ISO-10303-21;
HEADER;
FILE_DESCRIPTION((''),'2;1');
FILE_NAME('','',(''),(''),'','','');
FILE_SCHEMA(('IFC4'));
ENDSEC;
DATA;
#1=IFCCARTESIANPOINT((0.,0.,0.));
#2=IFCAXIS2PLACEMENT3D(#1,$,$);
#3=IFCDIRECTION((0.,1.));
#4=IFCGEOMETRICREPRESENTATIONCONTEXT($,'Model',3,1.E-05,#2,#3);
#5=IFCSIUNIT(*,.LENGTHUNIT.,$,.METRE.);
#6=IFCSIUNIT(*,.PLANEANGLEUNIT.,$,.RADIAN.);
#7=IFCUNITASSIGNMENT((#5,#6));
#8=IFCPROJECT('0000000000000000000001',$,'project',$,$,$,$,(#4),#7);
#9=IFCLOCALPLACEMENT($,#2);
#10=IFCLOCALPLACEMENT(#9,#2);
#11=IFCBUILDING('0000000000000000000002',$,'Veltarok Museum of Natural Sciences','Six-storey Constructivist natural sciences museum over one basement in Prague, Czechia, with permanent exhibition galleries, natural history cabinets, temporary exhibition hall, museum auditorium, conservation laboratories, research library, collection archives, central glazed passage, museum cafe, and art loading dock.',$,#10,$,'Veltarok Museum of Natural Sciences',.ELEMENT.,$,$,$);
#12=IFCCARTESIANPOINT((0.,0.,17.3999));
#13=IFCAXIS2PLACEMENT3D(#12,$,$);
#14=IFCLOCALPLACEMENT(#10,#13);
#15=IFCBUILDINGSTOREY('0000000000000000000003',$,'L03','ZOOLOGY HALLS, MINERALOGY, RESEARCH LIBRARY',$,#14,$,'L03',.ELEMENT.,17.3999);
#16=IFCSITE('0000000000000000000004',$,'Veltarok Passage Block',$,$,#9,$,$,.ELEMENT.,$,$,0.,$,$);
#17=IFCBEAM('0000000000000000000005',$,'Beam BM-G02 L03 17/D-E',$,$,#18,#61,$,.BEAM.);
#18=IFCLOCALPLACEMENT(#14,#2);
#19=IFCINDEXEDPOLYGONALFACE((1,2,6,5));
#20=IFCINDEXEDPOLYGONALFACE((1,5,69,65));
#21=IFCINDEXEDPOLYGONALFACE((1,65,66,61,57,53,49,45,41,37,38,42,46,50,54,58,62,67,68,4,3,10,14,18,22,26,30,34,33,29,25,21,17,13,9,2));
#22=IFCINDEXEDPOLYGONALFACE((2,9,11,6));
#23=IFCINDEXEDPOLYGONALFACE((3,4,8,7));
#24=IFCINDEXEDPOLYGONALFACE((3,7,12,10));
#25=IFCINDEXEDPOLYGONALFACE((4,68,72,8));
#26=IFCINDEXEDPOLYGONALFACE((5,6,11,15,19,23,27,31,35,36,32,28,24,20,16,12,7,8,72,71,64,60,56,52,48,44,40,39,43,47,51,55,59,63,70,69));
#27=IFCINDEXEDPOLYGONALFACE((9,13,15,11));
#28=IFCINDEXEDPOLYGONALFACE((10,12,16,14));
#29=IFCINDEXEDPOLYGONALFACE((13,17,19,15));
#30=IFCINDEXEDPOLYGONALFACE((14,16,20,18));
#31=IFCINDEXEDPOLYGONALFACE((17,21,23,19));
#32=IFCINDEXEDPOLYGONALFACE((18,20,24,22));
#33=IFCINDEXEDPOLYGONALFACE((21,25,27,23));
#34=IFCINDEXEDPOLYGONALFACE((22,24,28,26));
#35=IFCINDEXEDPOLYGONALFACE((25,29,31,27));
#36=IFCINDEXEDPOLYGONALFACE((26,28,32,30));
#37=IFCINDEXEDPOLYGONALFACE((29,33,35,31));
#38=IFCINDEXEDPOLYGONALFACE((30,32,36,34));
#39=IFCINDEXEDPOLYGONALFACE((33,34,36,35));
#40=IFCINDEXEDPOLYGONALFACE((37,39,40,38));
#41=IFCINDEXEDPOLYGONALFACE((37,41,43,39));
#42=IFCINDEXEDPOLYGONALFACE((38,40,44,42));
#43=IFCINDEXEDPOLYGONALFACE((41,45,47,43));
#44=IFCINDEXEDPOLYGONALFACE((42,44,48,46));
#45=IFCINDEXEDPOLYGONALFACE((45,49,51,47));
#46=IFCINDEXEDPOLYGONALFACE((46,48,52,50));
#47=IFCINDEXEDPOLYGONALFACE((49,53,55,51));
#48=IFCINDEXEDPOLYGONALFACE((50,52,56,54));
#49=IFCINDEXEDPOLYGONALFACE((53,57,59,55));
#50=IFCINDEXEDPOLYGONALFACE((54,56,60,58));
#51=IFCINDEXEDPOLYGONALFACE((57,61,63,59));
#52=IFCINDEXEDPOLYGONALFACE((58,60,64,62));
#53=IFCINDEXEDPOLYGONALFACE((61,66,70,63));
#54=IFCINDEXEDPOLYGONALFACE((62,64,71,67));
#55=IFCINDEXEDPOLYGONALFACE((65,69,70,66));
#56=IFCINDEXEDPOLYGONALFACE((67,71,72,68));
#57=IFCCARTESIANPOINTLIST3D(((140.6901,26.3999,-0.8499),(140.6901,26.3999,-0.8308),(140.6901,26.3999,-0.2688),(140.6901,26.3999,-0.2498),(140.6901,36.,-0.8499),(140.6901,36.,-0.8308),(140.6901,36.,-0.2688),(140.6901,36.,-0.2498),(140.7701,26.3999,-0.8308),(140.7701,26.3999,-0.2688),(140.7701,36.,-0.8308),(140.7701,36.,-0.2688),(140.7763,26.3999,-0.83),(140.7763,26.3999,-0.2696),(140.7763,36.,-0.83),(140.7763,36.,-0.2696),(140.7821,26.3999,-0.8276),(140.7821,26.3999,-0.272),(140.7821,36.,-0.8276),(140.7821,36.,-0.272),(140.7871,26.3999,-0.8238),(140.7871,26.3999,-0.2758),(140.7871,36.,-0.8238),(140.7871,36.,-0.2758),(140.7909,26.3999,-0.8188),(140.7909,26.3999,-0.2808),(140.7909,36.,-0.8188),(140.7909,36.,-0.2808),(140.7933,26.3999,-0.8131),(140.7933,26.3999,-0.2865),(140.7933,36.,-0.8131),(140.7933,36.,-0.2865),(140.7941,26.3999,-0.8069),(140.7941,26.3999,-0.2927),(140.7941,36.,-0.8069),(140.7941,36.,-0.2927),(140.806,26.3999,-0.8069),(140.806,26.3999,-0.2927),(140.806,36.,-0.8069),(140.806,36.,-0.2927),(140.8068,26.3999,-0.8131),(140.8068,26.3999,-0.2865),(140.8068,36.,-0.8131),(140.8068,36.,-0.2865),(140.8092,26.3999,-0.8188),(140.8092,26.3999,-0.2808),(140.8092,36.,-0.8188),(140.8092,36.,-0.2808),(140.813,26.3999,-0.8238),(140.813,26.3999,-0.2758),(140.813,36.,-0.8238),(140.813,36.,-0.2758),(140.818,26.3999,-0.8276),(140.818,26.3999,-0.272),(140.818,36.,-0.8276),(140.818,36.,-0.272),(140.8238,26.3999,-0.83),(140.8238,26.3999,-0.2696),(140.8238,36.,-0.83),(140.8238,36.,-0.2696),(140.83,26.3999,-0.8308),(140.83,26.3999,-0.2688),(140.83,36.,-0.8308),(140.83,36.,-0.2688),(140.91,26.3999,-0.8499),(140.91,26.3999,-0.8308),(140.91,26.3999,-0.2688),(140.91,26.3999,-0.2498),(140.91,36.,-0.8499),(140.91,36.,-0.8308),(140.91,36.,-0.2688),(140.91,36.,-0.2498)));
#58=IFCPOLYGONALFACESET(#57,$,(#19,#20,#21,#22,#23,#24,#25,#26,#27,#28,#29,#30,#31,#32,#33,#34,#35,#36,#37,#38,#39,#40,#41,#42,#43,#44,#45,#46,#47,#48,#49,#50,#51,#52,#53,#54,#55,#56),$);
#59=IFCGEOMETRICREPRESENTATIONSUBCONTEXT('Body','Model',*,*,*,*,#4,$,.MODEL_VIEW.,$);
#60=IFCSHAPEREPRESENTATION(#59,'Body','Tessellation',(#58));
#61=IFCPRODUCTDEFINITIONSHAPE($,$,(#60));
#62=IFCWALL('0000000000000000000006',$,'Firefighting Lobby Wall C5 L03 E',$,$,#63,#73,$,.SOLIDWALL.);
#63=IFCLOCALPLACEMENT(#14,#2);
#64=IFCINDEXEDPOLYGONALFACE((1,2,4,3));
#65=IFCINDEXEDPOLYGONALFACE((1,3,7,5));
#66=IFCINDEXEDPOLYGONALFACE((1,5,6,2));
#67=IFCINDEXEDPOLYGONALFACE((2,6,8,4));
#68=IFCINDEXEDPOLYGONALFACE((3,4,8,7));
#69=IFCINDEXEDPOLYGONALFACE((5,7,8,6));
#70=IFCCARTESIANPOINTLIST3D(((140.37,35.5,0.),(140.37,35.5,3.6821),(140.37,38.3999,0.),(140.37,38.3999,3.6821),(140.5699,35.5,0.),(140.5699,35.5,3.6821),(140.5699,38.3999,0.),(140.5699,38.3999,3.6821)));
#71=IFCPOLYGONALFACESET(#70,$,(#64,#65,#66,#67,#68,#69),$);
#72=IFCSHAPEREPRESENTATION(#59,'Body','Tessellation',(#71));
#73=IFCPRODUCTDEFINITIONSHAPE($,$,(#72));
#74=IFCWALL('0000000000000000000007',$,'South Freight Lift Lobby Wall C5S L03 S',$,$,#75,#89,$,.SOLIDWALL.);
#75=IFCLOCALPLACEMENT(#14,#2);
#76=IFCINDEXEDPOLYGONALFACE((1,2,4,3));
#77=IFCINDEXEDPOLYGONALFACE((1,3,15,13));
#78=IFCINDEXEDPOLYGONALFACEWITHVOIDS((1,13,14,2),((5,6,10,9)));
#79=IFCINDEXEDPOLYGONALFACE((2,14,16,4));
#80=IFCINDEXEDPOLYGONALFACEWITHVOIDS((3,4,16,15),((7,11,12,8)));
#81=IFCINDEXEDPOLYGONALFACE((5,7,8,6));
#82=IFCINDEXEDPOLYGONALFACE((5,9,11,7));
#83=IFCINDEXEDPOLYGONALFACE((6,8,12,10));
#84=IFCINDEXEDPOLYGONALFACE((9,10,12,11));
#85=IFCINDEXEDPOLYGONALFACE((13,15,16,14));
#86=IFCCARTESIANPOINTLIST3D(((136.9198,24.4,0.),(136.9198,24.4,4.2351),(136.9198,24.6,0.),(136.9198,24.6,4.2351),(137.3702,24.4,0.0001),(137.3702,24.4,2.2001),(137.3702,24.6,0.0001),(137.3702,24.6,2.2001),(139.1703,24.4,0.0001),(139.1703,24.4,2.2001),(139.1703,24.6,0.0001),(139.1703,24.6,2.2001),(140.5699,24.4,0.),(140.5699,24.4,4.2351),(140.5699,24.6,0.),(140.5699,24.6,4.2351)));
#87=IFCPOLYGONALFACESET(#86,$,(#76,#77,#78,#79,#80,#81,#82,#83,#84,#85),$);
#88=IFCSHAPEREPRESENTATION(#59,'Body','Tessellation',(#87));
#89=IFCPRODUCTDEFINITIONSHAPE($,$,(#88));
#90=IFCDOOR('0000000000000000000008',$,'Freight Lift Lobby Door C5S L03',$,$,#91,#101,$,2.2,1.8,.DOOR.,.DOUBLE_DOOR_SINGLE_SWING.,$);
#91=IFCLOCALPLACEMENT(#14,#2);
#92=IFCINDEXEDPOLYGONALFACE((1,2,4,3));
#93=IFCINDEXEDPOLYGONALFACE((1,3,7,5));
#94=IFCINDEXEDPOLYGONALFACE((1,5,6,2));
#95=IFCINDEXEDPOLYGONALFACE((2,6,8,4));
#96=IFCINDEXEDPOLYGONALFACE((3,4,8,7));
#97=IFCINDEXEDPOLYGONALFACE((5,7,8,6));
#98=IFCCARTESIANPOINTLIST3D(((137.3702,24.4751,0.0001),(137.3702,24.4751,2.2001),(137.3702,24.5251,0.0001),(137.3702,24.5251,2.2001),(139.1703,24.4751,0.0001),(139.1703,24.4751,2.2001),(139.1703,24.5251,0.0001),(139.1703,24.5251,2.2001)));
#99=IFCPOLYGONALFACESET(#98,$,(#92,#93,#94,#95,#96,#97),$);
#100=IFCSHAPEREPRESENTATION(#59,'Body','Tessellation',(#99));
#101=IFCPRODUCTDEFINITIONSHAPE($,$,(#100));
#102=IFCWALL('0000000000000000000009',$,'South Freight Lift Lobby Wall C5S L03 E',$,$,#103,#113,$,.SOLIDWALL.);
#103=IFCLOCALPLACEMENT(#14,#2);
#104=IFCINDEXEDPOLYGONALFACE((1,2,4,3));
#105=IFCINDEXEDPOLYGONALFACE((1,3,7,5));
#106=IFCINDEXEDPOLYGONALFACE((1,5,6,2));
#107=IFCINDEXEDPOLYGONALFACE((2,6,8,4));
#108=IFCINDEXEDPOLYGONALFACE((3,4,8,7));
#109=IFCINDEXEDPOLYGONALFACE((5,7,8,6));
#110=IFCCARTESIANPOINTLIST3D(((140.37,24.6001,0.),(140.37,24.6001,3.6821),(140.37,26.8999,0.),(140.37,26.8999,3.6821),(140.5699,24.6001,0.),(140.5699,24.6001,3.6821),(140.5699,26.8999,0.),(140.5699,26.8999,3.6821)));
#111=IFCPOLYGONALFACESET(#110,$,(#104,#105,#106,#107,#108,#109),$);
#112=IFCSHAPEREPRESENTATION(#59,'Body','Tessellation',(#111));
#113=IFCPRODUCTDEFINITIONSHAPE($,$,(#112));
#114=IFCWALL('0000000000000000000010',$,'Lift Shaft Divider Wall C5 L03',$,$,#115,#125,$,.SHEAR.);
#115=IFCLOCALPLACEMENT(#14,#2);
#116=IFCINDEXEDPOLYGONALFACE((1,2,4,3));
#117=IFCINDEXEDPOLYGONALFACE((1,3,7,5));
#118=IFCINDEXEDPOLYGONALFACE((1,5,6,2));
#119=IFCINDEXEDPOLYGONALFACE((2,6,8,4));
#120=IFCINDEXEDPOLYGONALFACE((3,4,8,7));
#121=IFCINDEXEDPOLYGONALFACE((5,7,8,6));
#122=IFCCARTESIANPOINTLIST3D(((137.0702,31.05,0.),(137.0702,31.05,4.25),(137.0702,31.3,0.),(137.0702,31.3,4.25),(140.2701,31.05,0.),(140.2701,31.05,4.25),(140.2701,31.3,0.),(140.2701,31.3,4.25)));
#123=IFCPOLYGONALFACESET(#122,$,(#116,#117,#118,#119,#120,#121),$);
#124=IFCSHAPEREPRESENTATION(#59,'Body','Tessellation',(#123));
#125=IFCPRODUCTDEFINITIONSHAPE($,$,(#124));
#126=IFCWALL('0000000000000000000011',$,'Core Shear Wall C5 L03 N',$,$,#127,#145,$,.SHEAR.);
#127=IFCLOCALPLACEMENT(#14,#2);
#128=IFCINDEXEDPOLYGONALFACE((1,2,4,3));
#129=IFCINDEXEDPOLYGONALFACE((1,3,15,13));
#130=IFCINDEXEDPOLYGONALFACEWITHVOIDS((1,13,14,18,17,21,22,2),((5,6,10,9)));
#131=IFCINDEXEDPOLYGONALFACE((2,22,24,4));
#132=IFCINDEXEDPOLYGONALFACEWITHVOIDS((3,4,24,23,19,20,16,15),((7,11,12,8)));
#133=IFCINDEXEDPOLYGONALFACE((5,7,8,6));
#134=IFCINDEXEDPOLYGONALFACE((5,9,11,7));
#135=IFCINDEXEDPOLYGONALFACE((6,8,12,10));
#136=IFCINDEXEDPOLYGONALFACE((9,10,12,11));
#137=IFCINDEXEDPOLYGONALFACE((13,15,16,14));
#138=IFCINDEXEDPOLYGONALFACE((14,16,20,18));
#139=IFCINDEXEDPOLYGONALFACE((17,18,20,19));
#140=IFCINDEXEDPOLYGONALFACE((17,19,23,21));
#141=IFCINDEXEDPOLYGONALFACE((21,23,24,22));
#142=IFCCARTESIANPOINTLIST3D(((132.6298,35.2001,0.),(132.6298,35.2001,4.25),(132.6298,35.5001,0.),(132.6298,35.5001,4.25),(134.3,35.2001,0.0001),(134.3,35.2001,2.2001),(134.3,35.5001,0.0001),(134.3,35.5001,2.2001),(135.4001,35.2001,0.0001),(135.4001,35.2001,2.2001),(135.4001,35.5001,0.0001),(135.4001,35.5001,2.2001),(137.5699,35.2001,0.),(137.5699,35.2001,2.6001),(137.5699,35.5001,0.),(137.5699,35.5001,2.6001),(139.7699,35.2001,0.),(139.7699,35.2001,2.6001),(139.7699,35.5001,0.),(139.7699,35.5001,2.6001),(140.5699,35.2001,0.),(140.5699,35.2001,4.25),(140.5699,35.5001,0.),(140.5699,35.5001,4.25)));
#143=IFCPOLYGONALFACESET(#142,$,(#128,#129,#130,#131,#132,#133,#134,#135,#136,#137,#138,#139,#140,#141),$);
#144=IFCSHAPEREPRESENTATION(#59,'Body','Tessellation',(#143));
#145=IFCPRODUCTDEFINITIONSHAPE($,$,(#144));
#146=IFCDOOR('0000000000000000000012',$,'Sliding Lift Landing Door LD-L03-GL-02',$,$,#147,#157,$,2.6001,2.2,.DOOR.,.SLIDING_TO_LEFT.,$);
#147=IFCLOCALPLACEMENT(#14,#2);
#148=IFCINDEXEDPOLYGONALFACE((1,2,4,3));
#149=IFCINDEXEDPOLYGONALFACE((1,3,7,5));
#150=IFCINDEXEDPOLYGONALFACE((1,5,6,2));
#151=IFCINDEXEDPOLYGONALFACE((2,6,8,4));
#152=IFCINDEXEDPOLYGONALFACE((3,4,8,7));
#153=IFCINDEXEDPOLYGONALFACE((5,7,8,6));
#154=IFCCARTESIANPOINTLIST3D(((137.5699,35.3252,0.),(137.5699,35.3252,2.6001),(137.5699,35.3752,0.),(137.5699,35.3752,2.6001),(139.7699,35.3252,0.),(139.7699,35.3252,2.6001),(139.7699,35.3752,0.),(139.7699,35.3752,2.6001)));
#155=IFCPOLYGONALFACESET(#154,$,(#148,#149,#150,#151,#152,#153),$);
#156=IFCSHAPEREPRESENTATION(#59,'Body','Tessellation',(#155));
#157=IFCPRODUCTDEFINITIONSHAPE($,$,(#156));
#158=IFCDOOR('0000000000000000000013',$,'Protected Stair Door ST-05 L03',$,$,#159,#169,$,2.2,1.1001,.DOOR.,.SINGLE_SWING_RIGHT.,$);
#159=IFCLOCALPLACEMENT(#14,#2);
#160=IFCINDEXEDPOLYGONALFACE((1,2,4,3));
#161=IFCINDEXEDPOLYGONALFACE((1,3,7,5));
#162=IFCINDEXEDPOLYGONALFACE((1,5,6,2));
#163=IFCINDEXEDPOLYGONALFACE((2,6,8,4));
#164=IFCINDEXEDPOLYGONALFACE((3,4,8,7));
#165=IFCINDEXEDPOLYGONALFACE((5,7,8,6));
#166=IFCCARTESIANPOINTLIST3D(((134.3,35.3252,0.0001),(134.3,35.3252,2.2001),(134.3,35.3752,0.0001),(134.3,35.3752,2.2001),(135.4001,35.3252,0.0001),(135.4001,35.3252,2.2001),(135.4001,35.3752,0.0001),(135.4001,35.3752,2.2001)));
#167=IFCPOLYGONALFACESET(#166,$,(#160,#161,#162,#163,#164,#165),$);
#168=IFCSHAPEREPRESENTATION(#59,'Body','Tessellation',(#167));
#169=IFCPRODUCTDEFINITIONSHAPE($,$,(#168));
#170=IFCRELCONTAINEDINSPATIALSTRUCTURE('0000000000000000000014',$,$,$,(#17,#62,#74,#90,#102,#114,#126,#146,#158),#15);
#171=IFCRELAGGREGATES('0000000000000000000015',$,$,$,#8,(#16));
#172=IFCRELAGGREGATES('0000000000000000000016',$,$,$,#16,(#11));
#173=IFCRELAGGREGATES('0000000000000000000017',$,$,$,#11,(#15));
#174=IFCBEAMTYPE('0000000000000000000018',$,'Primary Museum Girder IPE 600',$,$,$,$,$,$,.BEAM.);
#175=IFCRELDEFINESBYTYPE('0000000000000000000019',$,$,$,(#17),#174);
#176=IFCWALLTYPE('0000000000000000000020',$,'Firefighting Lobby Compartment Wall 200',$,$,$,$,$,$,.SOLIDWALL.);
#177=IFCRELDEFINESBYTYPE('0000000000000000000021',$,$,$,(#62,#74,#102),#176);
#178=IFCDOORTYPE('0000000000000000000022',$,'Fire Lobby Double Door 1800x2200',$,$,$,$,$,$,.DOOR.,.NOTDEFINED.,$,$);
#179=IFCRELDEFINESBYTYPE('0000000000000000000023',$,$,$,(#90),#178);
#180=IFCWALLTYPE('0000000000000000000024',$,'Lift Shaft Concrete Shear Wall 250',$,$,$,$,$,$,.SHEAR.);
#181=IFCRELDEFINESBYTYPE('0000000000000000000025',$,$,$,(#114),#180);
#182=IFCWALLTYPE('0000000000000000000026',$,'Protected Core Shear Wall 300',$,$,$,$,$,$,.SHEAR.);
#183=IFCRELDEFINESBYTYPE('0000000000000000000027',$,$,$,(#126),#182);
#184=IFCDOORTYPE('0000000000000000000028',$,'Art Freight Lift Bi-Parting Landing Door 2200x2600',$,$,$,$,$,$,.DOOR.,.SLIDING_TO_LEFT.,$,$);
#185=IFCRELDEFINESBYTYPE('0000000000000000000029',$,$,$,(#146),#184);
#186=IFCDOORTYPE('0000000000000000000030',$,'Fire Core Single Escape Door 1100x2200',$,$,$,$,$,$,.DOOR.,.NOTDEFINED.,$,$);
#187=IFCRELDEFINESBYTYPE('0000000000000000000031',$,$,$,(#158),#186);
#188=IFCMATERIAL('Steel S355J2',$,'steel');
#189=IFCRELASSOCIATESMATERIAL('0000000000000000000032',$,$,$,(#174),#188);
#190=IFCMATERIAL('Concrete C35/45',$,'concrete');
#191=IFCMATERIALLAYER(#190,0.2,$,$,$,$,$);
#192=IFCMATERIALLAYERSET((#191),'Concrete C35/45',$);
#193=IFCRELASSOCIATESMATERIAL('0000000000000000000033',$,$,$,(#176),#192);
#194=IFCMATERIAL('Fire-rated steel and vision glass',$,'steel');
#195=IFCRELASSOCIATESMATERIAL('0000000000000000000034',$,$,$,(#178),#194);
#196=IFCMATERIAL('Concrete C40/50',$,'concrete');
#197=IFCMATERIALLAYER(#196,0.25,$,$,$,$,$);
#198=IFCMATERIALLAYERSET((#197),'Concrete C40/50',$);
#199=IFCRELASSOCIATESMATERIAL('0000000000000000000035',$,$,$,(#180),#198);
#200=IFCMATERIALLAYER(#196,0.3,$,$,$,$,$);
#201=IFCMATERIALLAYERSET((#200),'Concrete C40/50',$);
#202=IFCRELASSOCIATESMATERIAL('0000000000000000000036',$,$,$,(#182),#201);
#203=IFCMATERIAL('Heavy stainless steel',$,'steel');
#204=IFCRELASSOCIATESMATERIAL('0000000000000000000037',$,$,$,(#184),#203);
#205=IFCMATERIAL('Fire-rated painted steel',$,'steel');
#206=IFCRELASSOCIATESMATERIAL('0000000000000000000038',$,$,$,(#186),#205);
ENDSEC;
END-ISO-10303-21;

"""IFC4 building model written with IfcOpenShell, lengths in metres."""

from ifc_helpers import new_model, si_unit, direction, frame, frame_2d, origin, origin_2d, place, context, subcontext, project, spatial, rectangle, i_section, extrude, material, layer, layer_set, material_profile, profile_set, type_object, element, fill, save


model = new_model("IFC4")

# Units and contexts
model_context = context("Model", 3, precision=1e-05, world=origin(), true_north=direction((0.0, 1.0)))
body_context = subcontext(model_context, "Body", "Model", "MODEL_VIEW")
ifc_project = project(units=[si_unit("LENGTHUNIT", "METRE"), si_unit("PLANEANGLEUNIT", "RADIAN")], contexts=[model_context])

# Site, building, storey
site_placement = place(None, origin())
site = spatial("IfcSite", under=ifc_project, at=site_placement, Name="Veltarok Passage Block", CompositionType="ELEMENT", RefElevation=0.0)
building_placement = place(site_placement, origin())
building = spatial("IfcBuilding", under=site, at=building_placement, Name="Veltarok Museum of Natural Sciences", Description="Six-storey Constructivist natural sciences museum over one basement in Prague, Czechia, with permanent exhibition galleries, natural history cabinets, temporary exhibition hall, museum auditorium, conservation laboratories, research library, collection archives, central glazed passage, museum cafe, and art loading dock.", LongName="Veltarok Museum of Natural Sciences", CompositionType="ELEMENT")
storey_placement = place(building_placement, frame((0.0, 0.0, 17.3999)))
storey = spatial("IfcBuildingStorey", under=building, at=storey_placement, Name="L03", Description="ZOOLOGY HALLS, MINERALOGY, RESEARCH LIBRARY", LongName="L03", CompositionType="ELEMENT", Elevation=17.3999)

# Shared definitions
ifc_material_1 = material(Name="Concrete C40/50", Category="concrete")

# Beam
ifc_material_2 = material(Name="Steel S355J2", Category="steel")
ifc_material_profile_1 = material_profile(ifc_material_2, i_section(OverallWidth=0.22, OverallDepth=0.6001, WebThickness=0.012, FlangeThickness=0.019, FilletRadius=0.0239, at=origin_2d()), Name="IPE 600")
ifc_profile_set_1 = profile_set([ifc_material_profile_1], Name="Steel S355J2")
beam_type_1 = type_object("IfcBeamType", Name="Primary Museum Girder IPE 600", PredefinedType="BEAM", material=ifc_profile_set_1)
beam_1_placement = place(storey_placement, frame((140.8, 26.3999, -0.5498), z_axis=(0.0, 1.0, 0.0), x_axis=(-1.0, 0.0, 0.0)))
element("IfcBeam", 1, at=beam_1_placement, inside=storey, type_object=beam_type_1, Name="Beam BM-G02 L03 17/D-E", PredefinedType="BEAM", context=body_context, shape_type="SweptSolid", body=[
    extrude(i_section(OverallWidth=0.22, OverallDepth=0.6001, WebThickness=0.012, FlangeThickness=0.019, FilletRadius=0.0239, at=origin_2d()), origin(), (0.0, 0.0, 1.0), 9.6001),
])

# Wall
ifc_material_3 = material(Name="Concrete C35/45", Category="concrete")
ifc_layer_1 = layer(ifc_material_3, 0.2)
ifc_layer_set_1 = layer_set([ifc_layer_1], Name="Concrete C35/45")
wall_type_1 = type_object("IfcWallType", Name="Firefighting Lobby Compartment Wall 200", PredefinedType="SOLIDWALL", material=ifc_layer_set_1)
wall_1_placement = place(storey_placement, frame((140.47, 38.3999, 0.0), z_axis=(0.0, 0.0, 1.0), x_axis=(0.0, -1.0, 0.0)))
element("IfcWall", 2, at=wall_1_placement, inside=storey, type_object=wall_type_1, Name="Firefighting Lobby Wall C5 L03 E", PredefinedType="SOLIDWALL", context=body_context, shape_type="SweptSolid", body=[
    extrude(rectangle(XDim=2.8999, YDim=0.2, at=frame_2d((1.45, 0.0))), origin(), (0.0, 0.0, 1.0), 3.6821),
])

# Wall, opening, door
wall_2_placement = place(storey_placement, frame((140.5701, 24.5, 0.0), z_axis=(0.0, 0.0, 1.0), x_axis=(-1.0, 0.0, 0.0)))
wall_2 = element("IfcWall", 3, at=wall_2_placement, inside=storey, type_object=wall_type_1, Name="South Freight Lift Lobby Wall C5S L03 S", PredefinedType="SOLIDWALL", context=body_context, shape_type="SweptSolid", body=[
    extrude(rectangle(XDim=3.6501, YDim=0.2, at=frame_2d((1.8252, 0.0))), origin(), (0.0, 0.0, 1.0), 4.2351),
])
opening_1_placement = place(wall_2_placement, frame((1.3999, 0.0, 0.0)))
opening_1 = element("IfcOpeningElement", 4, at=opening_1_placement, cuts=wall_2, PredefinedType="OPENING", context=body_context, shape_type="SweptSolid", body=[
    extrude(rectangle(XDim=1.8, YDim=2.2, at=frame_2d((0.8999, 1.1001))), frame((0.0, 0.1099, 0.0), z_axis=(0.0, -1.0, 0.0), x_axis=(1.0, 0.0, 0.0)), (0.0, 0.0, 1.0), 0.22),
])
ifc_material_4 = material(Name="Fire-rated steel and vision glass", Category="steel")
door_type_1 = type_object("IfcDoorType", Name="Fire Lobby Double Door 1800x2200", OperationType="NOTDEFINED", PredefinedType="DOOR", material=ifc_material_4)
door_1_placement = place(opening_1_placement, origin())
door_1 = element("IfcDoor", 5, at=door_1_placement, inside=storey, type_object=door_type_1, Name="Freight Lift Lobby Door C5S L03", OperationType="DOUBLE_DOOR_SINGLE_SWING", OverallHeight=2.2, OverallWidth=1.8, PredefinedType="DOOR", context=body_context, shape_type="SweptSolid", body=[
    extrude(rectangle(XDim=1.8, YDim=2.2, at=frame_2d((0.8999, 1.1001))), frame((0.0, 0.0249, 0.0), z_axis=(0.0, -1.0, 0.0), x_axis=(1.0, 0.0, 0.0)), (0.0, 0.0, 1.0), 0.05),
])
fill(opening_1, door_1)

# Walls
wall_3_placement = place(storey_placement, frame((140.47, 26.8999, 0.0), z_axis=(0.0, 0.0, 1.0), x_axis=(0.0, -1.0, 0.0)))
element("IfcWall", 6, at=wall_3_placement, inside=storey, type_object=wall_type_1, Name="South Freight Lift Lobby Wall C5S L03 E", PredefinedType="SOLIDWALL", context=body_context, shape_type="SweptSolid", body=[
    extrude(rectangle(XDim=2.2998, YDim=0.2, at=frame_2d((1.1499, 0.0))), origin(), (0.0, 0.0, 1.0), 3.6821),
])
ifc_layer_2 = layer(ifc_material_1, 0.25)
ifc_layer_set_2 = layer_set([ifc_layer_2], Name="Concrete C40/50")
wall_type_2 = type_object("IfcWallType", Name="Lift Shaft Concrete Shear Wall 250", PredefinedType="SHEAR", material=ifc_layer_set_2)
wall_4_placement = place(storey_placement, frame((137.0701, 31.175, 0.0), z_axis=(0.0, 0.0, 1.0), x_axis=(1.0, 0.0, 0.0)))
element("IfcWall", 7, at=wall_4_placement, inside=storey, type_object=wall_type_2, Name="Lift Shaft Divider Wall C5 L03", PredefinedType="SHEAR", context=body_context, shape_type="SweptSolid", body=[
    extrude(rectangle(XDim=3.2, YDim=0.25, at=frame_2d((1.6001, 0.0))), origin(), (0.0, 0.0, 1.0), 4.25),
])

# Wall, openings, doors
ifc_layer_3 = layer(ifc_material_1, 0.3)
ifc_layer_set_3 = layer_set([ifc_layer_3], Name="Concrete C40/50")
wall_type_3 = type_object("IfcWallType", Name="Protected Core Shear Wall 300", PredefinedType="SHEAR", material=ifc_layer_set_3)
wall_5_placement = place(storey_placement, frame((140.5701, 35.3501, 0.0), z_axis=(0.0, 0.0, 1.0), x_axis=(-1.0, 0.0, 0.0)))
wall_5 = element("IfcWall", 8, at=wall_5_placement, inside=storey, type_object=wall_type_3, Name="Core Shear Wall C5 L03 N", PredefinedType="SHEAR", context=body_context, shape_type="SweptSolid", body=[
    extrude(rectangle(XDim=7.9402, YDim=0.3, at=frame_2d((3.9702, 0.0))), origin(), (0.0, 0.0, 1.0), 4.25),
])
opening_2_placement = place(wall_5_placement, frame((5.1699, 0.0, 0.0)))
opening_2 = element("IfcOpeningElement", 9, at=opening_2_placement, cuts=wall_5, PredefinedType="OPENING", context=body_context, shape_type="SweptSolid", body=[
    extrude(rectangle(XDim=1.1001, YDim=2.2, at=frame_2d((0.55, 1.1001))), frame((0.0, 0.1602, 0.0), z_axis=(0.0, -1.0, 0.0), x_axis=(1.0, 0.0, 0.0)), (0.0, 0.0, 1.0), 0.3201),
])
opening_3_placement = place(wall_5_placement, frame((0.8, 0.0, 0.0)))
opening_3 = element("IfcOpeningElement", 10, at=opening_3_placement, cuts=wall_5, PredefinedType="OPENING", context=body_context, shape_type="SweptSolid", body=[
    extrude(rectangle(XDim=2.2, YDim=2.6001, at=frame_2d((1.1001, 1.3))), frame((0.0, 0.1602, 0.0), z_axis=(0.0, -1.0, 0.0), x_axis=(1.0, 0.0, 0.0)), (0.0, 0.0, 1.0), 0.3201),
])
ifc_material_5 = material(Name="Heavy stainless steel", Category="steel")
door_type_2 = type_object("IfcDoorType", Name="Art Freight Lift Bi-Parting Landing Door 2200x2600", OperationType="SLIDING_TO_LEFT", PredefinedType="DOOR", material=ifc_material_5)
door_2_placement = place(opening_3_placement, origin())
door_2 = element("IfcDoor", 11, at=door_2_placement, inside=storey, type_object=door_type_2, Name="Sliding Lift Landing Door LD-L03-GL-02", OperationType="SLIDING_TO_LEFT", OverallHeight=2.6001, OverallWidth=2.2, PredefinedType="DOOR", context=body_context, shape_type="SweptSolid", body=[
    extrude(rectangle(XDim=2.2, YDim=2.6001, at=frame_2d((1.1001, 1.3))), frame((0.0, 0.0249, 0.0), z_axis=(0.0, -1.0, 0.0), x_axis=(1.0, 0.0, 0.0)), (0.0, 0.0, 1.0), 0.05),
])
fill(opening_3, door_2)
ifc_material_6 = material(Name="Fire-rated painted steel", Category="steel")
door_type_3 = type_object("IfcDoorType", Name="Fire Core Single Escape Door 1100x2200", OperationType="NOTDEFINED", PredefinedType="DOOR", material=ifc_material_6)
door_3_placement = place(opening_2_placement, origin())
door_3 = element("IfcDoor", 12, at=door_3_placement, inside=storey, type_object=door_type_3, Name="Protected Stair Door ST-05 L03", OperationType="SINGLE_SWING_RIGHT", OverallHeight=2.2, OverallWidth=1.1001, PredefinedType="DOOR", context=body_context, shape_type="SweptSolid", body=[
    extrude(rectangle(XDim=1.1001, YDim=2.2, at=frame_2d((0.55, 1.1001))), frame((0.0, 0.0249, 0.0), z_axis=(0.0, -1.0, 0.0), x_axis=(1.0, 0.0, 0.0)), (0.0, 0.0, 1.0), 0.05),
])
fill(opening_2, door_3)

save(model, "model.ifc")
